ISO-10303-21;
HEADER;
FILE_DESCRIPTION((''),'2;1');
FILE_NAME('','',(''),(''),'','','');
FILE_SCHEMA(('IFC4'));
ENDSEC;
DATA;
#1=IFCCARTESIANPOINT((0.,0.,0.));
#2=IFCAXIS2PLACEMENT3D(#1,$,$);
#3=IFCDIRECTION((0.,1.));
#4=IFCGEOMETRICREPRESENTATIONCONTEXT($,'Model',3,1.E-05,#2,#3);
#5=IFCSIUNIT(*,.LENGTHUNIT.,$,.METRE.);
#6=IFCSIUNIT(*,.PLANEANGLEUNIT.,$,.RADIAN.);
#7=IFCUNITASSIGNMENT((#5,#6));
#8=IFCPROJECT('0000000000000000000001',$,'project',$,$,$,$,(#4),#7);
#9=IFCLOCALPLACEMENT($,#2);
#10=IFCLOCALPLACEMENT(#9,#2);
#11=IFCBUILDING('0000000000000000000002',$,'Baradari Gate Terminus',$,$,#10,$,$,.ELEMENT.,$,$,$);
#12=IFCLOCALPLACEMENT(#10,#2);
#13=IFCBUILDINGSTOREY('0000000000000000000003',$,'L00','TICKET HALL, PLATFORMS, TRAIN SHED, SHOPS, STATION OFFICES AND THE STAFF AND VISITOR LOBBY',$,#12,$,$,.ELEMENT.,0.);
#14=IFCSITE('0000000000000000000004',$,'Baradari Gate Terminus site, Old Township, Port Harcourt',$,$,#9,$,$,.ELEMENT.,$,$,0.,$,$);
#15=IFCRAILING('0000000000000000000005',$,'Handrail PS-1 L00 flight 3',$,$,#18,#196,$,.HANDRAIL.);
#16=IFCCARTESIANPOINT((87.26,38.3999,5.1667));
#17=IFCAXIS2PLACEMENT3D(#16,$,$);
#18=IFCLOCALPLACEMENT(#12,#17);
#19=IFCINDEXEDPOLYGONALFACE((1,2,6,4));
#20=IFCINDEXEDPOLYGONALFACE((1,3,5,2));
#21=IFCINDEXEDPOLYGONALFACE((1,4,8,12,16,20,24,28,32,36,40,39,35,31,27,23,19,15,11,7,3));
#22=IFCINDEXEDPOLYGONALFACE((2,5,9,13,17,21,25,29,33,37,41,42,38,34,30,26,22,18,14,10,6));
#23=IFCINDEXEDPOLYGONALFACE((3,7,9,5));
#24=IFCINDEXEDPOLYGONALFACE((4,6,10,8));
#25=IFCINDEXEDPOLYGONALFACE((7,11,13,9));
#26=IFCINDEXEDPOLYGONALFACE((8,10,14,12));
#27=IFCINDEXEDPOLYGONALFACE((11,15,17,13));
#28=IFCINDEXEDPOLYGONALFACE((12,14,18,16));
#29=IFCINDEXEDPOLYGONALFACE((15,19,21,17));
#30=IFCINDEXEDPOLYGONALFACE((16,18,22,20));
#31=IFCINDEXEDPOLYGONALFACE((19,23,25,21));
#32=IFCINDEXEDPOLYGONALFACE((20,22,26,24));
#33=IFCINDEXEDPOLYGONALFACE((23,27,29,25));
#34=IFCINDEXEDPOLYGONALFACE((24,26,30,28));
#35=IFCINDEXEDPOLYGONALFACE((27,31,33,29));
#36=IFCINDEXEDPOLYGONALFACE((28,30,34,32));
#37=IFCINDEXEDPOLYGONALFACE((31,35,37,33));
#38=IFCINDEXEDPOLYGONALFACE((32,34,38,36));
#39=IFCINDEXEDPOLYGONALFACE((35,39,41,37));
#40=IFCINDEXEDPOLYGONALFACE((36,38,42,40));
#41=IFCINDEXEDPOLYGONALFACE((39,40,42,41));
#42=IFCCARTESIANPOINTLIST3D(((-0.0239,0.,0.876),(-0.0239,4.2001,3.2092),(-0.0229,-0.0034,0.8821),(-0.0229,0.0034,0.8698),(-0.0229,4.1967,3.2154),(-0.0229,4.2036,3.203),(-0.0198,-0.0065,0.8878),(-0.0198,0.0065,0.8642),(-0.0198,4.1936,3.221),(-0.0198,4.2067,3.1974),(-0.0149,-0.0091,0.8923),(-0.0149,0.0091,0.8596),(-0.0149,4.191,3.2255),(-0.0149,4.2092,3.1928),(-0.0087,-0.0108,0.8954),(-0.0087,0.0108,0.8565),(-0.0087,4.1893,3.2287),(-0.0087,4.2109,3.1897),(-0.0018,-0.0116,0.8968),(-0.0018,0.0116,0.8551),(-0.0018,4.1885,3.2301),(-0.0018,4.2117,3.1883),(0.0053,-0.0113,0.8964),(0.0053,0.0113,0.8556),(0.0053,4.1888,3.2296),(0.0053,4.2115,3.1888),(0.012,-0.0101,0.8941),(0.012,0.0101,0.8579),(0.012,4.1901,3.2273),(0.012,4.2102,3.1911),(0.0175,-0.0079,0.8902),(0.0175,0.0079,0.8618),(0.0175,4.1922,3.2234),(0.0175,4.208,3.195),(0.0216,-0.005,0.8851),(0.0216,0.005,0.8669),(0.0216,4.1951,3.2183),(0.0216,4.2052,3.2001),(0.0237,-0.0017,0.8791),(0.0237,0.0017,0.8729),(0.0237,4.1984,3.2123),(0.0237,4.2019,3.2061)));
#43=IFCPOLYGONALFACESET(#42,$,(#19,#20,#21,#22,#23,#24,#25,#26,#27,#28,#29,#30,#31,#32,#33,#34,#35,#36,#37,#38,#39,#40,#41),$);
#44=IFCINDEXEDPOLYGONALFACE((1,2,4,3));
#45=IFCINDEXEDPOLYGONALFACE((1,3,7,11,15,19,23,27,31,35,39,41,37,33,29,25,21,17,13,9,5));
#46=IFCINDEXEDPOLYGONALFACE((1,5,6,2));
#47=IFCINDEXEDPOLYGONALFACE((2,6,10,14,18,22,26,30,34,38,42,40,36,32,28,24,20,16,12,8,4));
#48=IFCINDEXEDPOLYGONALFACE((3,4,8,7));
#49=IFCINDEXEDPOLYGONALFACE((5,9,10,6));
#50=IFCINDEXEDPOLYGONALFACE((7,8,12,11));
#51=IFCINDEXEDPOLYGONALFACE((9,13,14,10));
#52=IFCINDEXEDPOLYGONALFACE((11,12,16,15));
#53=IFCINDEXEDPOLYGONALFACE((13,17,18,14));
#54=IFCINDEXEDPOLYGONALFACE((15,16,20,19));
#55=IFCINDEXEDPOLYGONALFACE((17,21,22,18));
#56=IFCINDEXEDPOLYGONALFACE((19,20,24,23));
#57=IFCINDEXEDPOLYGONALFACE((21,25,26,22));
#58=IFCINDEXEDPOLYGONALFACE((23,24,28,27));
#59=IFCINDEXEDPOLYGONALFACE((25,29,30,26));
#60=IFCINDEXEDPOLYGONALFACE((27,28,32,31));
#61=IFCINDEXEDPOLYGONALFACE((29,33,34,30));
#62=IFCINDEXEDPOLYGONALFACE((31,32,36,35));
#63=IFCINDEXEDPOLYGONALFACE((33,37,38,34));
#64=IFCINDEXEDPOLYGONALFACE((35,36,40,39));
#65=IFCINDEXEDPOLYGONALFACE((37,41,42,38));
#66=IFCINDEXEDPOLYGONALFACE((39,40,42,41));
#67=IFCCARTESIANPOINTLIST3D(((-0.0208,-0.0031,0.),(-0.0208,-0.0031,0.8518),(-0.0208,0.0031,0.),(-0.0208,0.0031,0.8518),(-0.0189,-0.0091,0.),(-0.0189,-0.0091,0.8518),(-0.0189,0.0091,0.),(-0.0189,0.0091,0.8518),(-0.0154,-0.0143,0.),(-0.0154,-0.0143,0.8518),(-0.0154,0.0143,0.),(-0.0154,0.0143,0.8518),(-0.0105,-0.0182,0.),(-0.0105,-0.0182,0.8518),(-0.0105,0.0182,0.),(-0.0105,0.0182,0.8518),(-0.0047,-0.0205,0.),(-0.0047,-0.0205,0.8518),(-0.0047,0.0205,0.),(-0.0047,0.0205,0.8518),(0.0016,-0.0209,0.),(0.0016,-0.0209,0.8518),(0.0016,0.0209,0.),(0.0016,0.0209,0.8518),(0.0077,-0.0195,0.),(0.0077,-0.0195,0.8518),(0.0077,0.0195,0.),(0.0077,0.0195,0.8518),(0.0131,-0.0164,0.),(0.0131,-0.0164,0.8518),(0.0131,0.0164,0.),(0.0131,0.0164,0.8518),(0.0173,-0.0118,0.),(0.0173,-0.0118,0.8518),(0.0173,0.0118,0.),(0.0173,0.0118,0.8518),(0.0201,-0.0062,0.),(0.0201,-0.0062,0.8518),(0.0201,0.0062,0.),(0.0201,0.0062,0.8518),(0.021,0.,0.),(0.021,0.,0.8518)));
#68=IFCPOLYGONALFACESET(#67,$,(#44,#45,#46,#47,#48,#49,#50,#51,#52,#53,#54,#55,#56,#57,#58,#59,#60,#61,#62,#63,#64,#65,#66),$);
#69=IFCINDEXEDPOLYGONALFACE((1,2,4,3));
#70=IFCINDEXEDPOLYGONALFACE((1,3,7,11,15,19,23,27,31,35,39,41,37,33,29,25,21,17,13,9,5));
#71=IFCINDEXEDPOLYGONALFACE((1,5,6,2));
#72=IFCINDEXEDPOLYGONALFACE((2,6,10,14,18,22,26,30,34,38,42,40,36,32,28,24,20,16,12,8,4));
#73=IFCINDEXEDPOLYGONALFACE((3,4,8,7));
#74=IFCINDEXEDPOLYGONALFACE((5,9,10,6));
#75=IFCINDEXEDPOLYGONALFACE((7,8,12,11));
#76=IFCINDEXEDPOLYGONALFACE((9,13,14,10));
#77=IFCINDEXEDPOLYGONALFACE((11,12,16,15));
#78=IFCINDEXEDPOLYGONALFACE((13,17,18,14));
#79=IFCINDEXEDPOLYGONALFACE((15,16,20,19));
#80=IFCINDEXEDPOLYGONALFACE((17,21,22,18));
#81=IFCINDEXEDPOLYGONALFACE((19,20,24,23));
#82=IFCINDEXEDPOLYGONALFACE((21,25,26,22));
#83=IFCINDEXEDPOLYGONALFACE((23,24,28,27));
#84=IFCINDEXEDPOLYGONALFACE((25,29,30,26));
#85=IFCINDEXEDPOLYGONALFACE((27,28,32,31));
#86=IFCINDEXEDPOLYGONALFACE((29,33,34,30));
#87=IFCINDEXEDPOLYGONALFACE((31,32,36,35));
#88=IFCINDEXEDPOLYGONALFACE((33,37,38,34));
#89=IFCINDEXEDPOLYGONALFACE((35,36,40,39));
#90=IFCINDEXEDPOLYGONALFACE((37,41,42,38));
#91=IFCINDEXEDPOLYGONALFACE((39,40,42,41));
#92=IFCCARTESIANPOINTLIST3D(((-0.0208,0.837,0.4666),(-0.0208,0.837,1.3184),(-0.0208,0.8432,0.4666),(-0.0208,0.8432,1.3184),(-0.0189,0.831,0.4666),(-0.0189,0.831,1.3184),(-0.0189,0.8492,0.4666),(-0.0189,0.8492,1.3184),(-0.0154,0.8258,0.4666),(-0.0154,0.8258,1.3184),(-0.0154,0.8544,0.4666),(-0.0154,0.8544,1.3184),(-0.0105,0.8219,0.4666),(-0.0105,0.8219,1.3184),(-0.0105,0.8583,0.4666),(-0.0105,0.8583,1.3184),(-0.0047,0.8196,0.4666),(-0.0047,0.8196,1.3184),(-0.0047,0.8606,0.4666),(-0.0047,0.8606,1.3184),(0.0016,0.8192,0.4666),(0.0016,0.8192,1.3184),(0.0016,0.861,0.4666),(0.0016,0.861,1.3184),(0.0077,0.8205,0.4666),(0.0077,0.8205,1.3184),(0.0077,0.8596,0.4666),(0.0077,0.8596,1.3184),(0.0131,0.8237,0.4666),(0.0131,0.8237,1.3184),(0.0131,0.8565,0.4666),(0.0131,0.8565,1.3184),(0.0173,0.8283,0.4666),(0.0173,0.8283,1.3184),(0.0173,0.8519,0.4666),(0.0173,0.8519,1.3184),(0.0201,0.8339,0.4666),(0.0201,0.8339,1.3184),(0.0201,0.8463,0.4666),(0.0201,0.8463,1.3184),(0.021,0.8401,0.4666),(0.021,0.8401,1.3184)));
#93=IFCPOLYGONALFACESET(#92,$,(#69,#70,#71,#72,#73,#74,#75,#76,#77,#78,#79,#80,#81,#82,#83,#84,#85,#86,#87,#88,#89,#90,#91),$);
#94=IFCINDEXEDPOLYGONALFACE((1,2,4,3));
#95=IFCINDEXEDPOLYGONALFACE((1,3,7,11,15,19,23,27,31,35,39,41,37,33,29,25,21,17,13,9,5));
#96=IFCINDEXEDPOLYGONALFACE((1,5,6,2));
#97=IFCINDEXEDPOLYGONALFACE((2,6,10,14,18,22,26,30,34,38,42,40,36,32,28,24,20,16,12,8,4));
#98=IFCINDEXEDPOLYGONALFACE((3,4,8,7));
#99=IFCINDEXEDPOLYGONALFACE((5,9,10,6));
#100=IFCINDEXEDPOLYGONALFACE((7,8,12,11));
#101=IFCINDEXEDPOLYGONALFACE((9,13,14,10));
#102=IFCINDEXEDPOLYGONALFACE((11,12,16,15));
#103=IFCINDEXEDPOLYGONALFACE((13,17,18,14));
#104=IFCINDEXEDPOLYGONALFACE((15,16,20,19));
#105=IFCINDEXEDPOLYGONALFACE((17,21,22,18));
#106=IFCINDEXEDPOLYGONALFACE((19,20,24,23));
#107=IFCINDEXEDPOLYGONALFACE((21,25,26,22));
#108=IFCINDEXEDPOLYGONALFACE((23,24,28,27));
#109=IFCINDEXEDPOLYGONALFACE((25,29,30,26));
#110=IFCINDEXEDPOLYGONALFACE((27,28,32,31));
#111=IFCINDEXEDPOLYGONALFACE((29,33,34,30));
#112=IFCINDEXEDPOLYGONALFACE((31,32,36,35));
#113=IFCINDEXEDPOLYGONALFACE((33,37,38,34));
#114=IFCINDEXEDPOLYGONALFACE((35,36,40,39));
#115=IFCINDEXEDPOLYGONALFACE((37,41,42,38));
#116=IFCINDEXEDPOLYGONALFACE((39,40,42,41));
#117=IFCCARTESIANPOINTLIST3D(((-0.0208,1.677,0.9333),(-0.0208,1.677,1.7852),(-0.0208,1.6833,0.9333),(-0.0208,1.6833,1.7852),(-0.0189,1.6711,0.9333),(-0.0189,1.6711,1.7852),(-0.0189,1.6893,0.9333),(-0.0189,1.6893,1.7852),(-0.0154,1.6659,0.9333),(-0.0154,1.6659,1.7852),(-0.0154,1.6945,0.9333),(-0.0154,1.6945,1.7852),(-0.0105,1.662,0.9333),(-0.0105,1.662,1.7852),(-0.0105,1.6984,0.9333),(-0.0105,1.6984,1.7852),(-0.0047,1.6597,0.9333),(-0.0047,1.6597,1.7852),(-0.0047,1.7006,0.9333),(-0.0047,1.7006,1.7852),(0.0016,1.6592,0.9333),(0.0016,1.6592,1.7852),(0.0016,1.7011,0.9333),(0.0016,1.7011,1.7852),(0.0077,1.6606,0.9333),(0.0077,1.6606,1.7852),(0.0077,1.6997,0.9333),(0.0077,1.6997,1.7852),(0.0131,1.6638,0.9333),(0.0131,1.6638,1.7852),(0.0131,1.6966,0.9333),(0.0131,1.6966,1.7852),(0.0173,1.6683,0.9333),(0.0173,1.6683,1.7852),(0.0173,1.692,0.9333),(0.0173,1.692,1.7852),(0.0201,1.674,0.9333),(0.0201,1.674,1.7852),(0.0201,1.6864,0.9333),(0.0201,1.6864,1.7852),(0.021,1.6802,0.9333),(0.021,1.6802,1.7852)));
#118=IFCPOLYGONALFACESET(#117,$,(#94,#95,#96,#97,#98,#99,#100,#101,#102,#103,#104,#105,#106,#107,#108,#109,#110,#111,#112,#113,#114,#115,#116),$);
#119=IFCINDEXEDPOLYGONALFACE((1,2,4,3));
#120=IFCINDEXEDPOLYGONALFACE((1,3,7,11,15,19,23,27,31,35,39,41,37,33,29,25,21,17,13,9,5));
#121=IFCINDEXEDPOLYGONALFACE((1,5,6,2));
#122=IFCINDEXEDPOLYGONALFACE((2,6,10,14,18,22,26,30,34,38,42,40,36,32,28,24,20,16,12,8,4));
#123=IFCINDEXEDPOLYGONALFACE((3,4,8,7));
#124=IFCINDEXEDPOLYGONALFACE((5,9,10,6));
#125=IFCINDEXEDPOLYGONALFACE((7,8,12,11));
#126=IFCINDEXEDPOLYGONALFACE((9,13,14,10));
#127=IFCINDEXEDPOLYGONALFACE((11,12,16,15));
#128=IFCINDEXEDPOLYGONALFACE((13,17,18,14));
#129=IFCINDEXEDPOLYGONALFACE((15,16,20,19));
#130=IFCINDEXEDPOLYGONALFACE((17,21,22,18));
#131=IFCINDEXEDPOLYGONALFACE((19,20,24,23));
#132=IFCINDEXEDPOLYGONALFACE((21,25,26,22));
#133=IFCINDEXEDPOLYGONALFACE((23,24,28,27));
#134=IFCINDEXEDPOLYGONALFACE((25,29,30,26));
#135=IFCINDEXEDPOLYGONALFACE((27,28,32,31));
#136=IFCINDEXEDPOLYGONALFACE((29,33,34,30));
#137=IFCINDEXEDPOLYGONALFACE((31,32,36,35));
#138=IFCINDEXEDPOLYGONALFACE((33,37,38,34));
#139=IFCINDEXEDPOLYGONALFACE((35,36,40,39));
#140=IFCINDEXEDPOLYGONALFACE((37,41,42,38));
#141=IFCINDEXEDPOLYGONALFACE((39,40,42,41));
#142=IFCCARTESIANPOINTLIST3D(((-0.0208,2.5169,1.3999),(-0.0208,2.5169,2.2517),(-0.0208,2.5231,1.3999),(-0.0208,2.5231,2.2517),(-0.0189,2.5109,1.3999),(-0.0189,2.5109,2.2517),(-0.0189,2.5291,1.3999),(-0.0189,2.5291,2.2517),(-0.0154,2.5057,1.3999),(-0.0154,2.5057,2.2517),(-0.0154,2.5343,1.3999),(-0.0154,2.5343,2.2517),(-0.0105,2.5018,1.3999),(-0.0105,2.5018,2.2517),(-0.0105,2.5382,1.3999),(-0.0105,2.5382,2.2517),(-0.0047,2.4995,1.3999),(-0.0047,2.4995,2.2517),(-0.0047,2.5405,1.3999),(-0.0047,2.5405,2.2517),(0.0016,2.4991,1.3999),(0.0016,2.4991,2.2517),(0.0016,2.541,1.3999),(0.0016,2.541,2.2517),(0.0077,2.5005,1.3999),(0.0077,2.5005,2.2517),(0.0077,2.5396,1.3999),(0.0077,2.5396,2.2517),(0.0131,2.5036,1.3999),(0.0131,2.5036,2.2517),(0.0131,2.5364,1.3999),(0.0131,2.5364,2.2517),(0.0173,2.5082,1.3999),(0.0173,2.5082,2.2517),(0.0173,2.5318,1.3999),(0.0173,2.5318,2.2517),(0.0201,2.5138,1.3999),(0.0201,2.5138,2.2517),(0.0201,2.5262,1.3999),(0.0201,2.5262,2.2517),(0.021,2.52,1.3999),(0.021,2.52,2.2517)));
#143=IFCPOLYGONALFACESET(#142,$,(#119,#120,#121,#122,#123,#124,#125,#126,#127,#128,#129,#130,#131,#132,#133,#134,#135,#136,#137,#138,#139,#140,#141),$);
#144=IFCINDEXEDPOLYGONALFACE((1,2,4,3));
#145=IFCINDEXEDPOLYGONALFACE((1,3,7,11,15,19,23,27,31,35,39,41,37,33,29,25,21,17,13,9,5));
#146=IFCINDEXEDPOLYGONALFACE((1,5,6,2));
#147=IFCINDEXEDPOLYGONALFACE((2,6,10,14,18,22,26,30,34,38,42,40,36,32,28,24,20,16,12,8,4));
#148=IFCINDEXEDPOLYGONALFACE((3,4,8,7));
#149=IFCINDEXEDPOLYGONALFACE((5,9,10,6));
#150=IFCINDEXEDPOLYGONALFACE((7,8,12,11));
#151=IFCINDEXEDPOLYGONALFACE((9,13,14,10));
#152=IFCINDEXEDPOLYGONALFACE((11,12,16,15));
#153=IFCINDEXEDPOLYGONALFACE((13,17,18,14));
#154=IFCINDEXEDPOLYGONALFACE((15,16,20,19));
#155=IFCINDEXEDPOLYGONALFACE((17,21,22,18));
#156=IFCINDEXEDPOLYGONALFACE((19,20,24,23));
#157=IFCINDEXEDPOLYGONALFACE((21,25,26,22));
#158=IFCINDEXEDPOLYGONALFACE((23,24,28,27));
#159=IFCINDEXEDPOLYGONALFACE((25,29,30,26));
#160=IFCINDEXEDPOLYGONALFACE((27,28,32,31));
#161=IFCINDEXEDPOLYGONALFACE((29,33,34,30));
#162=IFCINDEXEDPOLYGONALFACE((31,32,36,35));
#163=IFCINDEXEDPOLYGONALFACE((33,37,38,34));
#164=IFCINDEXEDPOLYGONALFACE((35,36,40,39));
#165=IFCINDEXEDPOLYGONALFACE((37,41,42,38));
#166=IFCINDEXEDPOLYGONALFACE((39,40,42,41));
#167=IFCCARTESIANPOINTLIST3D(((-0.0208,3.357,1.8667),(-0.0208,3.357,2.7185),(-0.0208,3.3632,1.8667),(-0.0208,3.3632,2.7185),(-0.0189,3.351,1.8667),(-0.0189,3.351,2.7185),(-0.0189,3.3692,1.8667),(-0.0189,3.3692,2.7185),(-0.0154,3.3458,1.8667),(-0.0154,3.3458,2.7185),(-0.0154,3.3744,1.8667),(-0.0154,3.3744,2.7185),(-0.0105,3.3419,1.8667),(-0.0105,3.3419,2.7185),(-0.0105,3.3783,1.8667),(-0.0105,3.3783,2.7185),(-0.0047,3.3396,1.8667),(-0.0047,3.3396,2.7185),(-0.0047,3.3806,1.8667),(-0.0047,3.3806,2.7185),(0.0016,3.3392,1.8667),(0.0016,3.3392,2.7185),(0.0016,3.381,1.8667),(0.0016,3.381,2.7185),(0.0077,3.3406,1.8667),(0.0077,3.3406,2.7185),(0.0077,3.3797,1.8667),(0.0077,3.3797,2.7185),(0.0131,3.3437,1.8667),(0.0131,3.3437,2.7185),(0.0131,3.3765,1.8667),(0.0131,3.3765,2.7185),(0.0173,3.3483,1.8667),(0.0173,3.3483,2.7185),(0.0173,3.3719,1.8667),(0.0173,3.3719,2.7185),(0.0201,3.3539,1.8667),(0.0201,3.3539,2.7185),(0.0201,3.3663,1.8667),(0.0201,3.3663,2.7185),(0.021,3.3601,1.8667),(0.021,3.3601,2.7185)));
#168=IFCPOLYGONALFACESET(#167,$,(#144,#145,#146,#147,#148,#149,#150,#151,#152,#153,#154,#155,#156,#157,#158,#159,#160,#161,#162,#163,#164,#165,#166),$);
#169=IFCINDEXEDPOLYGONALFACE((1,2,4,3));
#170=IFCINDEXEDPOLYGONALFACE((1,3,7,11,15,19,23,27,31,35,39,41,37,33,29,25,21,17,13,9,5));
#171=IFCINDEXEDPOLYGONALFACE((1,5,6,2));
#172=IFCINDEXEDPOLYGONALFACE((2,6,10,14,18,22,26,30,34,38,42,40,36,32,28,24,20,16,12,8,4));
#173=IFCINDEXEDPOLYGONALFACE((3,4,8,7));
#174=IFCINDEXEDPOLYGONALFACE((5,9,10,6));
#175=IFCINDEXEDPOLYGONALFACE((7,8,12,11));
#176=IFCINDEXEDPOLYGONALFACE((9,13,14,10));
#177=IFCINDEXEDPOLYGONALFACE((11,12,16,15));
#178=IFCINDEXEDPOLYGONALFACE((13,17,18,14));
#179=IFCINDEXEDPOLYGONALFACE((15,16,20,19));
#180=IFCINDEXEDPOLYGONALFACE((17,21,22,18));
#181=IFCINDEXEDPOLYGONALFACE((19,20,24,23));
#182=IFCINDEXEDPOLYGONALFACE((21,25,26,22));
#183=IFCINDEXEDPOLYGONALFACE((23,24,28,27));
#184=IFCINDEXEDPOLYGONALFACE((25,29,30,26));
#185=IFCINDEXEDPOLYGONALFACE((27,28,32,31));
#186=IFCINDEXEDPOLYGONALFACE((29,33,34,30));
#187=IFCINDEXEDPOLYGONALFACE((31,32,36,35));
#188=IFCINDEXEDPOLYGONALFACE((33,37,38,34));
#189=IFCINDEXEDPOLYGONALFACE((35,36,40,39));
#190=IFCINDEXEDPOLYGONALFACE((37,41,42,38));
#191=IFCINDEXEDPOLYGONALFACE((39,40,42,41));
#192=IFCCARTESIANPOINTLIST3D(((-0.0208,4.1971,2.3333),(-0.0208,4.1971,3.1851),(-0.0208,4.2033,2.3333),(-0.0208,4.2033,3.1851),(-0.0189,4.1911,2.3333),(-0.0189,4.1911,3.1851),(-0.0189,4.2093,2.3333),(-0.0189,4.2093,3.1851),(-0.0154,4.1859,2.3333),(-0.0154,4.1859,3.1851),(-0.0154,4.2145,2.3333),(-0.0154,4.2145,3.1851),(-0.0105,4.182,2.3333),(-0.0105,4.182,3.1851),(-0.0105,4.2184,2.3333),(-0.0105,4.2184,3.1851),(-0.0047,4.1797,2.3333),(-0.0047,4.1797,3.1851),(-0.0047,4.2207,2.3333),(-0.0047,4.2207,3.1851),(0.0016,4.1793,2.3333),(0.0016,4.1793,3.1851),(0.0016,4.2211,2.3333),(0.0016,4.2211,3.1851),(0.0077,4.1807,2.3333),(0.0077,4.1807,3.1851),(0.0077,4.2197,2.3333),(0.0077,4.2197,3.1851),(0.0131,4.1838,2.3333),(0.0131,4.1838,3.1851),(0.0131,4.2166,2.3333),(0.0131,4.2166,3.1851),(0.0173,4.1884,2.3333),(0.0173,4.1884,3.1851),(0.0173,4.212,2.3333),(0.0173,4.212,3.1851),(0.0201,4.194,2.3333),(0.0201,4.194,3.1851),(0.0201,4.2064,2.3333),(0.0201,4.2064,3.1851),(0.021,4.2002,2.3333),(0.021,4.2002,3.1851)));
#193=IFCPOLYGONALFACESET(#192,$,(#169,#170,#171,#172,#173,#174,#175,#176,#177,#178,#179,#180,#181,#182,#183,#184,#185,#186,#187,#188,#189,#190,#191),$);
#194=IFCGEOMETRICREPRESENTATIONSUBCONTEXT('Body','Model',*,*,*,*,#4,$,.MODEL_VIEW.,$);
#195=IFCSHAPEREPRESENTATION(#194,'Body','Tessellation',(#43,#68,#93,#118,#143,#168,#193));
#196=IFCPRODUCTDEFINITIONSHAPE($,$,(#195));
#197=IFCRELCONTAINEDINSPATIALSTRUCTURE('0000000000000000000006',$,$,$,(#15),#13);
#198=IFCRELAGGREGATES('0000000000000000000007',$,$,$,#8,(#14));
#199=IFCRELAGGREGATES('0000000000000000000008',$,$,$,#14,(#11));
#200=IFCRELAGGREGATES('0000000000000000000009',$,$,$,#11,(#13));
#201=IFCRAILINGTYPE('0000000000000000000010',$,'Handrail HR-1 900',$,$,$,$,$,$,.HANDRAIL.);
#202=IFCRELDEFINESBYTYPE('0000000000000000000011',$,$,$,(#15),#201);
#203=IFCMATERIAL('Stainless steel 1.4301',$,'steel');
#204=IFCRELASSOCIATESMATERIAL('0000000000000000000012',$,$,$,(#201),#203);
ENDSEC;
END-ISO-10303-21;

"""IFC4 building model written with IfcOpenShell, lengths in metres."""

from ifc_helpers import new_model, si_unit, direction, frame, origin, origin_2d, place, context, subcontext, project, spatial, circle, extrude, material, type_object, element, save


model = new_model("IFC4")

# Units and contexts
model_context = context("Model", 3, precision=1e-05, world=origin(), true_north=direction((0.0, 1.0)))
body_context = subcontext(model_context, "Body", "Model", "MODEL_VIEW")
ifc_project = project(units=[si_unit("LENGTHUNIT", "METRE"), si_unit("PLANEANGLEUNIT", "RADIAN")], contexts=[model_context])

# Site, building, storey
site_placement = place(None, origin())
site = spatial("IfcSite", under=ifc_project, at=site_placement, Name="Baradari Gate Terminus site, Old Township, Port Harcourt", CompositionType="ELEMENT", RefElevation=0.0)
building_placement = place(site_placement, origin())
building = spatial("IfcBuilding", under=site, at=building_placement, Name="Baradari Gate Terminus", CompositionType="ELEMENT")
storey_placement = place(building_placement, origin())
storey = spatial("IfcBuildingStorey", under=building, at=storey_placement, Name="L00", Description="TICKET HALL, PLATFORMS, TRAIN SHED, SHOPS, STATION OFFICES AND THE STAFF AND VISITOR LOBBY", CompositionType="ELEMENT", Elevation=0.0)

# Railing
ifc_material_1 = material(Name="Stainless steel 1.4301", Category="steel")
railing_type_1 = type_object("IfcRailingType", Name="Handrail HR-1 900", PredefinedType="HANDRAIL", material=ifc_material_1)
for number, where, name in (
    (1, (87.26, 38.3999, 5.1667), "Handrail PS-1 L00 flight 3"),
):
    element("IfcRailing", number, at=place(storey_placement, frame(where)), inside=storey, type_object=railing_type_1, Name=name, PredefinedType="HANDRAIL", context=body_context, shape_type="SweptSolid", body=[
        extrude(circle(Radius=0.0239, at=origin_2d()), frame((0.0, 0.0, 0.876), z_axis=(0.0, 0.874174, 0.485613), x_axis=(-1.0, 0.0, 0.0)), (0.0, 0.0, 1.0), 4.8047),
        extrude(circle(Radius=0.021, at=origin_2d()), origin(), (0.0, 0.0, 1.0), 0.8518),
        extrude(circle(Radius=0.021, at=origin_2d()), frame((0.0, 0.8401, 0.4666)), (0.0, 0.0, 1.0), 0.8518),
        extrude(circle(Radius=0.021, at=origin_2d()), frame((0.0, 1.6802, 0.9333)), (0.0, 0.0, 1.0), 0.8518),
        extrude(circle(Radius=0.021, at=origin_2d()), frame((0.0, 2.52, 1.3999)), (0.0, 0.0, 1.0), 0.8518),
        extrude(circle(Radius=0.021, at=origin_2d()), frame((0.0, 3.3601, 1.8667)), (0.0, 0.0, 1.0), 0.8518),
        extrude(circle(Radius=0.021, at=origin_2d()), frame((0.0, 4.2002, 2.3333)), (0.0, 0.0, 1.0), 0.8518),
    ])

save(model, "model.ifc")
